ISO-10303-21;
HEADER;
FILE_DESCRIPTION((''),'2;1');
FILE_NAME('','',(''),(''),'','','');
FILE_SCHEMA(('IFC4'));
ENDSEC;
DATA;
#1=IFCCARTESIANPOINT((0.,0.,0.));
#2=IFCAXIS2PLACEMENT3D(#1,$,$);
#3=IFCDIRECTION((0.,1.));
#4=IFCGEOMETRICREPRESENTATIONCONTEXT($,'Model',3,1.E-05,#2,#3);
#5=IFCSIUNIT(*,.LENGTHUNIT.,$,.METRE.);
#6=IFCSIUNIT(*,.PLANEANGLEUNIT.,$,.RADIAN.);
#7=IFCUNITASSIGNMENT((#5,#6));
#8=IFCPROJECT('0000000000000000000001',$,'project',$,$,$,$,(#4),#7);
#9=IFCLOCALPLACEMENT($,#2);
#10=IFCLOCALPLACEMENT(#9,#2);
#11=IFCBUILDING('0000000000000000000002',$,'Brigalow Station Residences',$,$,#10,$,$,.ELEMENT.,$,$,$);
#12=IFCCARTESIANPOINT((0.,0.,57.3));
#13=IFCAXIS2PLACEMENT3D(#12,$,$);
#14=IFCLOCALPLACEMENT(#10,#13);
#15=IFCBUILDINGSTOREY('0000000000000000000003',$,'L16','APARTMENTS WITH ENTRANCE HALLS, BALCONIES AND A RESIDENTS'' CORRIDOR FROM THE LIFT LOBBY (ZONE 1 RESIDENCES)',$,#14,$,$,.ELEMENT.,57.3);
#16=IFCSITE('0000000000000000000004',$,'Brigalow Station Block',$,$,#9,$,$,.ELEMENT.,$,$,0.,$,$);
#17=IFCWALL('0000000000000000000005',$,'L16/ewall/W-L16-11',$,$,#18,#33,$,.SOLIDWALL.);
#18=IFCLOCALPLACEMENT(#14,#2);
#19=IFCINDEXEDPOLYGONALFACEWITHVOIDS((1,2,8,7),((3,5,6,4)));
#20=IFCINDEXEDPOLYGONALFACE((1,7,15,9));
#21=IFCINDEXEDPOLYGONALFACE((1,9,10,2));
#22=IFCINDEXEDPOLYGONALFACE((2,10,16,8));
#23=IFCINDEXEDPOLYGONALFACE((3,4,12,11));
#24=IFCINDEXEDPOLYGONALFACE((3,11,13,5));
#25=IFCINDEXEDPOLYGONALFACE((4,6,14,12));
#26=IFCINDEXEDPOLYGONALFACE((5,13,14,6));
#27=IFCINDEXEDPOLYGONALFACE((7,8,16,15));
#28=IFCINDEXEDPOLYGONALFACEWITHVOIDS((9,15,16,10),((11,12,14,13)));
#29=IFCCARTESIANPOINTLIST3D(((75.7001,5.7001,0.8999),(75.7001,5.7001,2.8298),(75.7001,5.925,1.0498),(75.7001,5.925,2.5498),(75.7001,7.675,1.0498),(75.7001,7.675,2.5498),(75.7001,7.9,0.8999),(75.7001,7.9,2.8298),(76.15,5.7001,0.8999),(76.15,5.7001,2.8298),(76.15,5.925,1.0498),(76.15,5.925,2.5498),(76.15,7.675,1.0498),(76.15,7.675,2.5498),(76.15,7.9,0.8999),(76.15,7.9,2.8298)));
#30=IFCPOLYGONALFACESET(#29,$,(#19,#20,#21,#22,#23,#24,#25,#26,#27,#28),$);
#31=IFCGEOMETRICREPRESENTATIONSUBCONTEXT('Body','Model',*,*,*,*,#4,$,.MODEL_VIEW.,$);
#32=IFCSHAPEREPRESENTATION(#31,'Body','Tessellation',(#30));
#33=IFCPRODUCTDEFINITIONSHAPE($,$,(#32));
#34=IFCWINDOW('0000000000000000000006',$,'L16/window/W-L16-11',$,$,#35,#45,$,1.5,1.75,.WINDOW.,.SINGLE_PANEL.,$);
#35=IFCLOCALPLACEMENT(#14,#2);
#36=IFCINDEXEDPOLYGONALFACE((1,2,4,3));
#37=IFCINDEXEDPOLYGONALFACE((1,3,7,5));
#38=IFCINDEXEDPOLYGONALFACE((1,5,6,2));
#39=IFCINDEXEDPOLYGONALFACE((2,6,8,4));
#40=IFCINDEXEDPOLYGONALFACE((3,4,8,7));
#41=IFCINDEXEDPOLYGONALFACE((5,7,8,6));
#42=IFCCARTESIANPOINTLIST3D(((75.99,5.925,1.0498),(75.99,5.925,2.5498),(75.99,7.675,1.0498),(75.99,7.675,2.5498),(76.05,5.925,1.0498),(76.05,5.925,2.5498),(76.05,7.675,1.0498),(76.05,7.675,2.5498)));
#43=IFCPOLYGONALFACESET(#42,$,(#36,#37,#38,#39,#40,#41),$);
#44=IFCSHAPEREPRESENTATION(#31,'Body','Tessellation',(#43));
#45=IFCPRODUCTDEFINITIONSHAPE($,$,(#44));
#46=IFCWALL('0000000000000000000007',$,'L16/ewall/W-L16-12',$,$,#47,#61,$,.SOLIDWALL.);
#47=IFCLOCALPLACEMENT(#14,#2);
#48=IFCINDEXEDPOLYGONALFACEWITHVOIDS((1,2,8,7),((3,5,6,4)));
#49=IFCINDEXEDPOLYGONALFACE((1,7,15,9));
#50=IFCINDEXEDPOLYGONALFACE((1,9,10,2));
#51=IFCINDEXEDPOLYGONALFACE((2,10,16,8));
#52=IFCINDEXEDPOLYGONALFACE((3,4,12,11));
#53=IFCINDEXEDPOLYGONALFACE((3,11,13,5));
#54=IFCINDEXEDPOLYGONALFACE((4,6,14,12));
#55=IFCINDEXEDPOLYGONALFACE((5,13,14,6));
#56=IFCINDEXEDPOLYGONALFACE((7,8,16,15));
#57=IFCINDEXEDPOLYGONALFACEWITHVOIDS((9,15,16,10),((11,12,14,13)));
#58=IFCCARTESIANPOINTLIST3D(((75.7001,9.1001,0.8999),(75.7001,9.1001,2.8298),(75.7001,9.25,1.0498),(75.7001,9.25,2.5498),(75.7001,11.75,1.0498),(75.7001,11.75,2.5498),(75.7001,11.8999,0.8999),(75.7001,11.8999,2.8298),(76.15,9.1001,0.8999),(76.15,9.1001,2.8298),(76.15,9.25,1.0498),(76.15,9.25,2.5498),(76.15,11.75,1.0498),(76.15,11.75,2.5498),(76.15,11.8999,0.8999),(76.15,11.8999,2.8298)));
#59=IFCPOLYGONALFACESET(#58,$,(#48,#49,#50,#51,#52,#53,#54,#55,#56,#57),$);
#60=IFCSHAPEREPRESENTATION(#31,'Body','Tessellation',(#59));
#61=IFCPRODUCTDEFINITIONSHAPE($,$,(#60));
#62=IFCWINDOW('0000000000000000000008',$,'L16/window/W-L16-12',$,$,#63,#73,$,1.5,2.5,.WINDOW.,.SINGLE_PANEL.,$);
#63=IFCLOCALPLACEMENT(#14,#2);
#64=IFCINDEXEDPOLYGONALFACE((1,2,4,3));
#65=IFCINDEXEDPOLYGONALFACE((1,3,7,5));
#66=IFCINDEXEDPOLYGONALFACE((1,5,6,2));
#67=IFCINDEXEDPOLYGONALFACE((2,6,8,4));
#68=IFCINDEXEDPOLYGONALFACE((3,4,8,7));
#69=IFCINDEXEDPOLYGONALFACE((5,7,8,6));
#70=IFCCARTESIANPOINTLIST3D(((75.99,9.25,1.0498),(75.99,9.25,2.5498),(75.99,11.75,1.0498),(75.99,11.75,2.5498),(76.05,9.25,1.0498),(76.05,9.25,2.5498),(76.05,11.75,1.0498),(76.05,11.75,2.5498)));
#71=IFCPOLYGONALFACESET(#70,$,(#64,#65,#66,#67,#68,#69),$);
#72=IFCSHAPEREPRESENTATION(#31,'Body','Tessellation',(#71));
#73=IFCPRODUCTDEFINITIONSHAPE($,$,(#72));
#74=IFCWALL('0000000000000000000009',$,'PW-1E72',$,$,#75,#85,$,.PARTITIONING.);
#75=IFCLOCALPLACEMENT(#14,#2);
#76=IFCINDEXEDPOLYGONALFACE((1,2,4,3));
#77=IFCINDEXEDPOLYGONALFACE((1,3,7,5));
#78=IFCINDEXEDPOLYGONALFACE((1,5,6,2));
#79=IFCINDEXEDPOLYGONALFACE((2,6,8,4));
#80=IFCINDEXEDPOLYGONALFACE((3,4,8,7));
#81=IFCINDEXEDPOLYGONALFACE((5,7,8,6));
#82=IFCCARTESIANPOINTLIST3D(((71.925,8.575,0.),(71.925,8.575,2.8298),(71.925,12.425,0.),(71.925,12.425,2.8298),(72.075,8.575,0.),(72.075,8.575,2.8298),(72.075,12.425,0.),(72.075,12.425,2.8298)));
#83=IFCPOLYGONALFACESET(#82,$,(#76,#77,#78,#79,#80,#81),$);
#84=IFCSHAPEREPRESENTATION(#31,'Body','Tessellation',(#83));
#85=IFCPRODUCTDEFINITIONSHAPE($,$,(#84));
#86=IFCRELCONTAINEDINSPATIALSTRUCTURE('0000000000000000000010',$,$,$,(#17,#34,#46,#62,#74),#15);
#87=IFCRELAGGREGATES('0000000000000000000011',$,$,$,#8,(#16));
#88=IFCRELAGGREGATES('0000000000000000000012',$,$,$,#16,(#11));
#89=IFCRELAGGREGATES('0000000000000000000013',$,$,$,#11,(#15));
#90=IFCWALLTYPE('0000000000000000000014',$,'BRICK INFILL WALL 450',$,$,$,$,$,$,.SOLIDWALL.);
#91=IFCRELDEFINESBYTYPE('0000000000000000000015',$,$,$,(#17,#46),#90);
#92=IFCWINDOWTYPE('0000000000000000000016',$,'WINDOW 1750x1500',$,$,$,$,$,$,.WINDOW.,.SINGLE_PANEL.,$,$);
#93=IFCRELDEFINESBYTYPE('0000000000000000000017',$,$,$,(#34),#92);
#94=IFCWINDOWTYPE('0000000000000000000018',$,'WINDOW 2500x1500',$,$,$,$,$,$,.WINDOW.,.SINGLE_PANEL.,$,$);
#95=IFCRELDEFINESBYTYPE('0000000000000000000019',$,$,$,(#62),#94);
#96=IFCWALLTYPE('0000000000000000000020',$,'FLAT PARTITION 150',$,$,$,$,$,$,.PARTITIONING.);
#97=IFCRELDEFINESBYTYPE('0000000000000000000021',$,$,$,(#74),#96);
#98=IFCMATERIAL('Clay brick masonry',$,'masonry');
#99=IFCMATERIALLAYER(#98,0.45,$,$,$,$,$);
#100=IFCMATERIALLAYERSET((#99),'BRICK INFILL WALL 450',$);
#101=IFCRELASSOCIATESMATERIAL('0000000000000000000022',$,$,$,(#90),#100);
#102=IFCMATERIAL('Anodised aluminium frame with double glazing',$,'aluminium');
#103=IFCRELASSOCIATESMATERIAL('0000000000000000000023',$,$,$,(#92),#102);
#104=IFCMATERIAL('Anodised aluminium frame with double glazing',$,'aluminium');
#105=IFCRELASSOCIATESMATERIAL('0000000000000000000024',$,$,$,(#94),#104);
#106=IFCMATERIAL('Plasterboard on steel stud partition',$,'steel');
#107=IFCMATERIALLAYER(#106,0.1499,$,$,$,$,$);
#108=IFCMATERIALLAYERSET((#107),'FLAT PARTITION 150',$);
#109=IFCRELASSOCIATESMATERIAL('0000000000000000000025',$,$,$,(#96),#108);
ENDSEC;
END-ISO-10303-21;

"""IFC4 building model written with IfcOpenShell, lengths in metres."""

from ifc_helpers import new_model, si_unit, direction, frame, frame_2d, origin, place, context, subcontext, project, spatial, rectangle, extrude, material, layer, layer_set, type_object, element, fill, save


model = new_model("IFC4")

# Units and contexts
model_context = context("Model", 3, precision=1e-05, world=origin(), true_north=direction((0.0, 1.0)))
body_context = subcontext(model_context, "Body", "Model", "MODEL_VIEW")
ifc_project = project(units=[si_unit("LENGTHUNIT", "METRE"), si_unit("PLANEANGLEUNIT", "RADIAN")], contexts=[model_context])

# Site, building, storey
site_placement = place(None, origin())
site = spatial("IfcSite", under=ifc_project, at=site_placement, Name="Brigalow Station Block", CompositionType="ELEMENT", RefElevation=0.0)
building_placement = place(site_placement, origin())
building = spatial("IfcBuilding", under=site, at=building_placement, Name="Brigalow Station Residences", CompositionType="ELEMENT")
storey_placement = place(building_placement, frame((0.0, 0.0, 57.3)))
storey = spatial("IfcBuildingStorey", under=building, at=storey_placement, Name="L16", Description="APARTMENTS WITH ENTRANCE HALLS, BALCONIES AND A RESIDENTS' CORRIDOR FROM THE LIFT LOBBY (ZONE 1 RESIDENCES)", CompositionType="ELEMENT", Elevation=57.3)

# Walls, openings, windows
ifc_material_1 = material(Name="Clay brick masonry", Category="masonry")
ifc_layer_1 = layer(ifc_material_1, 0.45)
ifc_layer_set_1 = layer_set([ifc_layer_1], Name="BRICK INFILL WALL 450")
wall_type_1 = type_object("IfcWallType", Name="BRICK INFILL WALL 450", PredefinedType="SOLIDWALL", material=ifc_layer_set_1)
wall_1_placement = place(storey_placement, frame((75.925, 5.7, 0.8999), z_axis=(0.0, 0.0, 1.0), x_axis=(0.0, 1.0, 0.0)))
wall_1 = element("IfcWall", 1, at=wall_1_placement, inside=storey, type_object=wall_type_1, Name="L16/ewall/W-L16-11", PredefinedType="SOLIDWALL", context=body_context, shape_type="SweptSolid", body=[
    extrude(rectangle(XDim=2.2, YDim=0.45, at=frame_2d((1.1001, 0.0))), origin(), (0.0, 0.0, 1.0), 1.9299),
])
opening_1_placement = place(wall_1_placement, frame((0.2251, 0.0, 0.1499)))
opening_1 = element("IfcOpeningElement", 2, at=opening_1_placement, cuts=wall_1, PredefinedType="OPENING", context=body_context, shape_type="SweptSolid", body=[
    extrude(rectangle(XDim=1.75, YDim=1.5, at=frame_2d((0.875, 0.75))), frame((0.0, 0.2349, 0.0), z_axis=(0.0, -1.0, 0.0), x_axis=(1.0, 0.0, 0.0)), (0.0, 0.0, 1.0), 0.47),
])
ifc_material_2 = material(Name="Anodised aluminium frame with double glazing", Category="aluminium")
window_type_1 = type_object("IfcWindowType", Name="WINDOW 1750x1500", PartitioningType="SINGLE_PANEL", PredefinedType="WINDOW", material=ifc_material_2)
window_1_placement = place(opening_1_placement, origin())
window_1 = element("IfcWindow", 3, at=window_1_placement, inside=storey, type_object=window_type_1, Name="L16/window/W-L16-11", OverallHeight=1.5, OverallWidth=1.75, PartitioningType="SINGLE_PANEL", PredefinedType="WINDOW", context=body_context, shape_type="SweptSolid", body=[
    extrude(rectangle(XDim=1.75, YDim=1.5, at=frame_2d((0.875, 0.75))), frame((0.0, -0.0649, 0.0), z_axis=(0.0, -1.0, 0.0), x_axis=(1.0, 0.0, 0.0)), (0.0, 0.0, 1.0), 0.0601),
])
fill(opening_1, window_1)
wall_2_placement = place(storey_placement, frame((75.925, 9.1001, 0.8999), z_axis=(0.0, 0.0, 1.0), x_axis=(0.0, 1.0, 0.0)))
wall_2 = element("IfcWall", 4, at=wall_2_placement, inside=storey, type_object=wall_type_1, Name="L16/ewall/W-L16-12", PredefinedType="SOLIDWALL", context=body_context, shape_type="SweptSolid", body=[
    extrude(rectangle(XDim=2.7998, YDim=0.45, at=frame_2d((1.3999, 0.0))), origin(), (0.0, 0.0, 1.0), 1.9299),
])
opening_2_placement = place(wall_2_placement, frame((0.1499, 0.0, 0.1499)))
opening_2 = element("IfcOpeningElement", 5, at=opening_2_placement, cuts=wall_2, PredefinedType="OPENING", context=body_context, shape_type="SweptSolid", body=[
    extrude(rectangle(XDim=2.5, YDim=1.5, at=frame_2d((1.25, 0.75))), frame((0.0, 0.2349, 0.0), z_axis=(0.0, -1.0, 0.0), x_axis=(1.0, 0.0, 0.0)), (0.0, 0.0, 1.0), 0.47),
])
ifc_material_3 = material(Name="Anodised aluminium frame with double glazing", Category="aluminium")
window_type_2 = type_object("IfcWindowType", Name="WINDOW 2500x1500", PartitioningType="SINGLE_PANEL", PredefinedType="WINDOW", material=ifc_material_3)
window_2_placement = place(opening_2_placement, origin())
window_2 = element("IfcWindow", 6, at=window_2_placement, inside=storey, type_object=window_type_2, Name="L16/window/W-L16-12", OverallHeight=1.5, OverallWidth=2.5, PartitioningType="SINGLE_PANEL", PredefinedType="WINDOW", context=body_context, shape_type="SweptSolid", body=[
    extrude(rectangle(XDim=2.5, YDim=1.5, at=frame_2d((1.25, 0.75))), frame((0.0, -0.0649, 0.0), z_axis=(0.0, -1.0, 0.0), x_axis=(1.0, 0.0, 0.0)), (0.0, 0.0, 1.0), 0.0601),
])
fill(opening_2, window_2)

# Wall
ifc_material_4 = material(Name="Plasterboard on steel stud partition", Category="steel")
ifc_layer_2 = layer(ifc_material_4, 0.1499)
ifc_layer_set_2 = layer_set([ifc_layer_2], Name="FLAT PARTITION 150")
wall_type_2 = type_object("IfcWallType", Name="FLAT PARTITION 150", PredefinedType="PARTITIONING", material=ifc_layer_set_2)
wall_3_placement = place(storey_placement, frame((72.0, 8.575, 0.0), z_axis=(0.0, 0.0, 1.0), x_axis=(0.0, 1.0, 0.0)))
element("IfcWall", 7, at=wall_3_placement, inside=storey, type_object=wall_type_2, Name="PW-1E72", PredefinedType="PARTITIONING", context=body_context, shape_type="SweptSolid", body=[
    extrude(rectangle(XDim=3.8501, YDim=0.1499, at=frame_2d((1.925, 0.0))), origin(), (0.0, 0.0, 1.0), 2.8298),
])

save(model, "model.ifc")
